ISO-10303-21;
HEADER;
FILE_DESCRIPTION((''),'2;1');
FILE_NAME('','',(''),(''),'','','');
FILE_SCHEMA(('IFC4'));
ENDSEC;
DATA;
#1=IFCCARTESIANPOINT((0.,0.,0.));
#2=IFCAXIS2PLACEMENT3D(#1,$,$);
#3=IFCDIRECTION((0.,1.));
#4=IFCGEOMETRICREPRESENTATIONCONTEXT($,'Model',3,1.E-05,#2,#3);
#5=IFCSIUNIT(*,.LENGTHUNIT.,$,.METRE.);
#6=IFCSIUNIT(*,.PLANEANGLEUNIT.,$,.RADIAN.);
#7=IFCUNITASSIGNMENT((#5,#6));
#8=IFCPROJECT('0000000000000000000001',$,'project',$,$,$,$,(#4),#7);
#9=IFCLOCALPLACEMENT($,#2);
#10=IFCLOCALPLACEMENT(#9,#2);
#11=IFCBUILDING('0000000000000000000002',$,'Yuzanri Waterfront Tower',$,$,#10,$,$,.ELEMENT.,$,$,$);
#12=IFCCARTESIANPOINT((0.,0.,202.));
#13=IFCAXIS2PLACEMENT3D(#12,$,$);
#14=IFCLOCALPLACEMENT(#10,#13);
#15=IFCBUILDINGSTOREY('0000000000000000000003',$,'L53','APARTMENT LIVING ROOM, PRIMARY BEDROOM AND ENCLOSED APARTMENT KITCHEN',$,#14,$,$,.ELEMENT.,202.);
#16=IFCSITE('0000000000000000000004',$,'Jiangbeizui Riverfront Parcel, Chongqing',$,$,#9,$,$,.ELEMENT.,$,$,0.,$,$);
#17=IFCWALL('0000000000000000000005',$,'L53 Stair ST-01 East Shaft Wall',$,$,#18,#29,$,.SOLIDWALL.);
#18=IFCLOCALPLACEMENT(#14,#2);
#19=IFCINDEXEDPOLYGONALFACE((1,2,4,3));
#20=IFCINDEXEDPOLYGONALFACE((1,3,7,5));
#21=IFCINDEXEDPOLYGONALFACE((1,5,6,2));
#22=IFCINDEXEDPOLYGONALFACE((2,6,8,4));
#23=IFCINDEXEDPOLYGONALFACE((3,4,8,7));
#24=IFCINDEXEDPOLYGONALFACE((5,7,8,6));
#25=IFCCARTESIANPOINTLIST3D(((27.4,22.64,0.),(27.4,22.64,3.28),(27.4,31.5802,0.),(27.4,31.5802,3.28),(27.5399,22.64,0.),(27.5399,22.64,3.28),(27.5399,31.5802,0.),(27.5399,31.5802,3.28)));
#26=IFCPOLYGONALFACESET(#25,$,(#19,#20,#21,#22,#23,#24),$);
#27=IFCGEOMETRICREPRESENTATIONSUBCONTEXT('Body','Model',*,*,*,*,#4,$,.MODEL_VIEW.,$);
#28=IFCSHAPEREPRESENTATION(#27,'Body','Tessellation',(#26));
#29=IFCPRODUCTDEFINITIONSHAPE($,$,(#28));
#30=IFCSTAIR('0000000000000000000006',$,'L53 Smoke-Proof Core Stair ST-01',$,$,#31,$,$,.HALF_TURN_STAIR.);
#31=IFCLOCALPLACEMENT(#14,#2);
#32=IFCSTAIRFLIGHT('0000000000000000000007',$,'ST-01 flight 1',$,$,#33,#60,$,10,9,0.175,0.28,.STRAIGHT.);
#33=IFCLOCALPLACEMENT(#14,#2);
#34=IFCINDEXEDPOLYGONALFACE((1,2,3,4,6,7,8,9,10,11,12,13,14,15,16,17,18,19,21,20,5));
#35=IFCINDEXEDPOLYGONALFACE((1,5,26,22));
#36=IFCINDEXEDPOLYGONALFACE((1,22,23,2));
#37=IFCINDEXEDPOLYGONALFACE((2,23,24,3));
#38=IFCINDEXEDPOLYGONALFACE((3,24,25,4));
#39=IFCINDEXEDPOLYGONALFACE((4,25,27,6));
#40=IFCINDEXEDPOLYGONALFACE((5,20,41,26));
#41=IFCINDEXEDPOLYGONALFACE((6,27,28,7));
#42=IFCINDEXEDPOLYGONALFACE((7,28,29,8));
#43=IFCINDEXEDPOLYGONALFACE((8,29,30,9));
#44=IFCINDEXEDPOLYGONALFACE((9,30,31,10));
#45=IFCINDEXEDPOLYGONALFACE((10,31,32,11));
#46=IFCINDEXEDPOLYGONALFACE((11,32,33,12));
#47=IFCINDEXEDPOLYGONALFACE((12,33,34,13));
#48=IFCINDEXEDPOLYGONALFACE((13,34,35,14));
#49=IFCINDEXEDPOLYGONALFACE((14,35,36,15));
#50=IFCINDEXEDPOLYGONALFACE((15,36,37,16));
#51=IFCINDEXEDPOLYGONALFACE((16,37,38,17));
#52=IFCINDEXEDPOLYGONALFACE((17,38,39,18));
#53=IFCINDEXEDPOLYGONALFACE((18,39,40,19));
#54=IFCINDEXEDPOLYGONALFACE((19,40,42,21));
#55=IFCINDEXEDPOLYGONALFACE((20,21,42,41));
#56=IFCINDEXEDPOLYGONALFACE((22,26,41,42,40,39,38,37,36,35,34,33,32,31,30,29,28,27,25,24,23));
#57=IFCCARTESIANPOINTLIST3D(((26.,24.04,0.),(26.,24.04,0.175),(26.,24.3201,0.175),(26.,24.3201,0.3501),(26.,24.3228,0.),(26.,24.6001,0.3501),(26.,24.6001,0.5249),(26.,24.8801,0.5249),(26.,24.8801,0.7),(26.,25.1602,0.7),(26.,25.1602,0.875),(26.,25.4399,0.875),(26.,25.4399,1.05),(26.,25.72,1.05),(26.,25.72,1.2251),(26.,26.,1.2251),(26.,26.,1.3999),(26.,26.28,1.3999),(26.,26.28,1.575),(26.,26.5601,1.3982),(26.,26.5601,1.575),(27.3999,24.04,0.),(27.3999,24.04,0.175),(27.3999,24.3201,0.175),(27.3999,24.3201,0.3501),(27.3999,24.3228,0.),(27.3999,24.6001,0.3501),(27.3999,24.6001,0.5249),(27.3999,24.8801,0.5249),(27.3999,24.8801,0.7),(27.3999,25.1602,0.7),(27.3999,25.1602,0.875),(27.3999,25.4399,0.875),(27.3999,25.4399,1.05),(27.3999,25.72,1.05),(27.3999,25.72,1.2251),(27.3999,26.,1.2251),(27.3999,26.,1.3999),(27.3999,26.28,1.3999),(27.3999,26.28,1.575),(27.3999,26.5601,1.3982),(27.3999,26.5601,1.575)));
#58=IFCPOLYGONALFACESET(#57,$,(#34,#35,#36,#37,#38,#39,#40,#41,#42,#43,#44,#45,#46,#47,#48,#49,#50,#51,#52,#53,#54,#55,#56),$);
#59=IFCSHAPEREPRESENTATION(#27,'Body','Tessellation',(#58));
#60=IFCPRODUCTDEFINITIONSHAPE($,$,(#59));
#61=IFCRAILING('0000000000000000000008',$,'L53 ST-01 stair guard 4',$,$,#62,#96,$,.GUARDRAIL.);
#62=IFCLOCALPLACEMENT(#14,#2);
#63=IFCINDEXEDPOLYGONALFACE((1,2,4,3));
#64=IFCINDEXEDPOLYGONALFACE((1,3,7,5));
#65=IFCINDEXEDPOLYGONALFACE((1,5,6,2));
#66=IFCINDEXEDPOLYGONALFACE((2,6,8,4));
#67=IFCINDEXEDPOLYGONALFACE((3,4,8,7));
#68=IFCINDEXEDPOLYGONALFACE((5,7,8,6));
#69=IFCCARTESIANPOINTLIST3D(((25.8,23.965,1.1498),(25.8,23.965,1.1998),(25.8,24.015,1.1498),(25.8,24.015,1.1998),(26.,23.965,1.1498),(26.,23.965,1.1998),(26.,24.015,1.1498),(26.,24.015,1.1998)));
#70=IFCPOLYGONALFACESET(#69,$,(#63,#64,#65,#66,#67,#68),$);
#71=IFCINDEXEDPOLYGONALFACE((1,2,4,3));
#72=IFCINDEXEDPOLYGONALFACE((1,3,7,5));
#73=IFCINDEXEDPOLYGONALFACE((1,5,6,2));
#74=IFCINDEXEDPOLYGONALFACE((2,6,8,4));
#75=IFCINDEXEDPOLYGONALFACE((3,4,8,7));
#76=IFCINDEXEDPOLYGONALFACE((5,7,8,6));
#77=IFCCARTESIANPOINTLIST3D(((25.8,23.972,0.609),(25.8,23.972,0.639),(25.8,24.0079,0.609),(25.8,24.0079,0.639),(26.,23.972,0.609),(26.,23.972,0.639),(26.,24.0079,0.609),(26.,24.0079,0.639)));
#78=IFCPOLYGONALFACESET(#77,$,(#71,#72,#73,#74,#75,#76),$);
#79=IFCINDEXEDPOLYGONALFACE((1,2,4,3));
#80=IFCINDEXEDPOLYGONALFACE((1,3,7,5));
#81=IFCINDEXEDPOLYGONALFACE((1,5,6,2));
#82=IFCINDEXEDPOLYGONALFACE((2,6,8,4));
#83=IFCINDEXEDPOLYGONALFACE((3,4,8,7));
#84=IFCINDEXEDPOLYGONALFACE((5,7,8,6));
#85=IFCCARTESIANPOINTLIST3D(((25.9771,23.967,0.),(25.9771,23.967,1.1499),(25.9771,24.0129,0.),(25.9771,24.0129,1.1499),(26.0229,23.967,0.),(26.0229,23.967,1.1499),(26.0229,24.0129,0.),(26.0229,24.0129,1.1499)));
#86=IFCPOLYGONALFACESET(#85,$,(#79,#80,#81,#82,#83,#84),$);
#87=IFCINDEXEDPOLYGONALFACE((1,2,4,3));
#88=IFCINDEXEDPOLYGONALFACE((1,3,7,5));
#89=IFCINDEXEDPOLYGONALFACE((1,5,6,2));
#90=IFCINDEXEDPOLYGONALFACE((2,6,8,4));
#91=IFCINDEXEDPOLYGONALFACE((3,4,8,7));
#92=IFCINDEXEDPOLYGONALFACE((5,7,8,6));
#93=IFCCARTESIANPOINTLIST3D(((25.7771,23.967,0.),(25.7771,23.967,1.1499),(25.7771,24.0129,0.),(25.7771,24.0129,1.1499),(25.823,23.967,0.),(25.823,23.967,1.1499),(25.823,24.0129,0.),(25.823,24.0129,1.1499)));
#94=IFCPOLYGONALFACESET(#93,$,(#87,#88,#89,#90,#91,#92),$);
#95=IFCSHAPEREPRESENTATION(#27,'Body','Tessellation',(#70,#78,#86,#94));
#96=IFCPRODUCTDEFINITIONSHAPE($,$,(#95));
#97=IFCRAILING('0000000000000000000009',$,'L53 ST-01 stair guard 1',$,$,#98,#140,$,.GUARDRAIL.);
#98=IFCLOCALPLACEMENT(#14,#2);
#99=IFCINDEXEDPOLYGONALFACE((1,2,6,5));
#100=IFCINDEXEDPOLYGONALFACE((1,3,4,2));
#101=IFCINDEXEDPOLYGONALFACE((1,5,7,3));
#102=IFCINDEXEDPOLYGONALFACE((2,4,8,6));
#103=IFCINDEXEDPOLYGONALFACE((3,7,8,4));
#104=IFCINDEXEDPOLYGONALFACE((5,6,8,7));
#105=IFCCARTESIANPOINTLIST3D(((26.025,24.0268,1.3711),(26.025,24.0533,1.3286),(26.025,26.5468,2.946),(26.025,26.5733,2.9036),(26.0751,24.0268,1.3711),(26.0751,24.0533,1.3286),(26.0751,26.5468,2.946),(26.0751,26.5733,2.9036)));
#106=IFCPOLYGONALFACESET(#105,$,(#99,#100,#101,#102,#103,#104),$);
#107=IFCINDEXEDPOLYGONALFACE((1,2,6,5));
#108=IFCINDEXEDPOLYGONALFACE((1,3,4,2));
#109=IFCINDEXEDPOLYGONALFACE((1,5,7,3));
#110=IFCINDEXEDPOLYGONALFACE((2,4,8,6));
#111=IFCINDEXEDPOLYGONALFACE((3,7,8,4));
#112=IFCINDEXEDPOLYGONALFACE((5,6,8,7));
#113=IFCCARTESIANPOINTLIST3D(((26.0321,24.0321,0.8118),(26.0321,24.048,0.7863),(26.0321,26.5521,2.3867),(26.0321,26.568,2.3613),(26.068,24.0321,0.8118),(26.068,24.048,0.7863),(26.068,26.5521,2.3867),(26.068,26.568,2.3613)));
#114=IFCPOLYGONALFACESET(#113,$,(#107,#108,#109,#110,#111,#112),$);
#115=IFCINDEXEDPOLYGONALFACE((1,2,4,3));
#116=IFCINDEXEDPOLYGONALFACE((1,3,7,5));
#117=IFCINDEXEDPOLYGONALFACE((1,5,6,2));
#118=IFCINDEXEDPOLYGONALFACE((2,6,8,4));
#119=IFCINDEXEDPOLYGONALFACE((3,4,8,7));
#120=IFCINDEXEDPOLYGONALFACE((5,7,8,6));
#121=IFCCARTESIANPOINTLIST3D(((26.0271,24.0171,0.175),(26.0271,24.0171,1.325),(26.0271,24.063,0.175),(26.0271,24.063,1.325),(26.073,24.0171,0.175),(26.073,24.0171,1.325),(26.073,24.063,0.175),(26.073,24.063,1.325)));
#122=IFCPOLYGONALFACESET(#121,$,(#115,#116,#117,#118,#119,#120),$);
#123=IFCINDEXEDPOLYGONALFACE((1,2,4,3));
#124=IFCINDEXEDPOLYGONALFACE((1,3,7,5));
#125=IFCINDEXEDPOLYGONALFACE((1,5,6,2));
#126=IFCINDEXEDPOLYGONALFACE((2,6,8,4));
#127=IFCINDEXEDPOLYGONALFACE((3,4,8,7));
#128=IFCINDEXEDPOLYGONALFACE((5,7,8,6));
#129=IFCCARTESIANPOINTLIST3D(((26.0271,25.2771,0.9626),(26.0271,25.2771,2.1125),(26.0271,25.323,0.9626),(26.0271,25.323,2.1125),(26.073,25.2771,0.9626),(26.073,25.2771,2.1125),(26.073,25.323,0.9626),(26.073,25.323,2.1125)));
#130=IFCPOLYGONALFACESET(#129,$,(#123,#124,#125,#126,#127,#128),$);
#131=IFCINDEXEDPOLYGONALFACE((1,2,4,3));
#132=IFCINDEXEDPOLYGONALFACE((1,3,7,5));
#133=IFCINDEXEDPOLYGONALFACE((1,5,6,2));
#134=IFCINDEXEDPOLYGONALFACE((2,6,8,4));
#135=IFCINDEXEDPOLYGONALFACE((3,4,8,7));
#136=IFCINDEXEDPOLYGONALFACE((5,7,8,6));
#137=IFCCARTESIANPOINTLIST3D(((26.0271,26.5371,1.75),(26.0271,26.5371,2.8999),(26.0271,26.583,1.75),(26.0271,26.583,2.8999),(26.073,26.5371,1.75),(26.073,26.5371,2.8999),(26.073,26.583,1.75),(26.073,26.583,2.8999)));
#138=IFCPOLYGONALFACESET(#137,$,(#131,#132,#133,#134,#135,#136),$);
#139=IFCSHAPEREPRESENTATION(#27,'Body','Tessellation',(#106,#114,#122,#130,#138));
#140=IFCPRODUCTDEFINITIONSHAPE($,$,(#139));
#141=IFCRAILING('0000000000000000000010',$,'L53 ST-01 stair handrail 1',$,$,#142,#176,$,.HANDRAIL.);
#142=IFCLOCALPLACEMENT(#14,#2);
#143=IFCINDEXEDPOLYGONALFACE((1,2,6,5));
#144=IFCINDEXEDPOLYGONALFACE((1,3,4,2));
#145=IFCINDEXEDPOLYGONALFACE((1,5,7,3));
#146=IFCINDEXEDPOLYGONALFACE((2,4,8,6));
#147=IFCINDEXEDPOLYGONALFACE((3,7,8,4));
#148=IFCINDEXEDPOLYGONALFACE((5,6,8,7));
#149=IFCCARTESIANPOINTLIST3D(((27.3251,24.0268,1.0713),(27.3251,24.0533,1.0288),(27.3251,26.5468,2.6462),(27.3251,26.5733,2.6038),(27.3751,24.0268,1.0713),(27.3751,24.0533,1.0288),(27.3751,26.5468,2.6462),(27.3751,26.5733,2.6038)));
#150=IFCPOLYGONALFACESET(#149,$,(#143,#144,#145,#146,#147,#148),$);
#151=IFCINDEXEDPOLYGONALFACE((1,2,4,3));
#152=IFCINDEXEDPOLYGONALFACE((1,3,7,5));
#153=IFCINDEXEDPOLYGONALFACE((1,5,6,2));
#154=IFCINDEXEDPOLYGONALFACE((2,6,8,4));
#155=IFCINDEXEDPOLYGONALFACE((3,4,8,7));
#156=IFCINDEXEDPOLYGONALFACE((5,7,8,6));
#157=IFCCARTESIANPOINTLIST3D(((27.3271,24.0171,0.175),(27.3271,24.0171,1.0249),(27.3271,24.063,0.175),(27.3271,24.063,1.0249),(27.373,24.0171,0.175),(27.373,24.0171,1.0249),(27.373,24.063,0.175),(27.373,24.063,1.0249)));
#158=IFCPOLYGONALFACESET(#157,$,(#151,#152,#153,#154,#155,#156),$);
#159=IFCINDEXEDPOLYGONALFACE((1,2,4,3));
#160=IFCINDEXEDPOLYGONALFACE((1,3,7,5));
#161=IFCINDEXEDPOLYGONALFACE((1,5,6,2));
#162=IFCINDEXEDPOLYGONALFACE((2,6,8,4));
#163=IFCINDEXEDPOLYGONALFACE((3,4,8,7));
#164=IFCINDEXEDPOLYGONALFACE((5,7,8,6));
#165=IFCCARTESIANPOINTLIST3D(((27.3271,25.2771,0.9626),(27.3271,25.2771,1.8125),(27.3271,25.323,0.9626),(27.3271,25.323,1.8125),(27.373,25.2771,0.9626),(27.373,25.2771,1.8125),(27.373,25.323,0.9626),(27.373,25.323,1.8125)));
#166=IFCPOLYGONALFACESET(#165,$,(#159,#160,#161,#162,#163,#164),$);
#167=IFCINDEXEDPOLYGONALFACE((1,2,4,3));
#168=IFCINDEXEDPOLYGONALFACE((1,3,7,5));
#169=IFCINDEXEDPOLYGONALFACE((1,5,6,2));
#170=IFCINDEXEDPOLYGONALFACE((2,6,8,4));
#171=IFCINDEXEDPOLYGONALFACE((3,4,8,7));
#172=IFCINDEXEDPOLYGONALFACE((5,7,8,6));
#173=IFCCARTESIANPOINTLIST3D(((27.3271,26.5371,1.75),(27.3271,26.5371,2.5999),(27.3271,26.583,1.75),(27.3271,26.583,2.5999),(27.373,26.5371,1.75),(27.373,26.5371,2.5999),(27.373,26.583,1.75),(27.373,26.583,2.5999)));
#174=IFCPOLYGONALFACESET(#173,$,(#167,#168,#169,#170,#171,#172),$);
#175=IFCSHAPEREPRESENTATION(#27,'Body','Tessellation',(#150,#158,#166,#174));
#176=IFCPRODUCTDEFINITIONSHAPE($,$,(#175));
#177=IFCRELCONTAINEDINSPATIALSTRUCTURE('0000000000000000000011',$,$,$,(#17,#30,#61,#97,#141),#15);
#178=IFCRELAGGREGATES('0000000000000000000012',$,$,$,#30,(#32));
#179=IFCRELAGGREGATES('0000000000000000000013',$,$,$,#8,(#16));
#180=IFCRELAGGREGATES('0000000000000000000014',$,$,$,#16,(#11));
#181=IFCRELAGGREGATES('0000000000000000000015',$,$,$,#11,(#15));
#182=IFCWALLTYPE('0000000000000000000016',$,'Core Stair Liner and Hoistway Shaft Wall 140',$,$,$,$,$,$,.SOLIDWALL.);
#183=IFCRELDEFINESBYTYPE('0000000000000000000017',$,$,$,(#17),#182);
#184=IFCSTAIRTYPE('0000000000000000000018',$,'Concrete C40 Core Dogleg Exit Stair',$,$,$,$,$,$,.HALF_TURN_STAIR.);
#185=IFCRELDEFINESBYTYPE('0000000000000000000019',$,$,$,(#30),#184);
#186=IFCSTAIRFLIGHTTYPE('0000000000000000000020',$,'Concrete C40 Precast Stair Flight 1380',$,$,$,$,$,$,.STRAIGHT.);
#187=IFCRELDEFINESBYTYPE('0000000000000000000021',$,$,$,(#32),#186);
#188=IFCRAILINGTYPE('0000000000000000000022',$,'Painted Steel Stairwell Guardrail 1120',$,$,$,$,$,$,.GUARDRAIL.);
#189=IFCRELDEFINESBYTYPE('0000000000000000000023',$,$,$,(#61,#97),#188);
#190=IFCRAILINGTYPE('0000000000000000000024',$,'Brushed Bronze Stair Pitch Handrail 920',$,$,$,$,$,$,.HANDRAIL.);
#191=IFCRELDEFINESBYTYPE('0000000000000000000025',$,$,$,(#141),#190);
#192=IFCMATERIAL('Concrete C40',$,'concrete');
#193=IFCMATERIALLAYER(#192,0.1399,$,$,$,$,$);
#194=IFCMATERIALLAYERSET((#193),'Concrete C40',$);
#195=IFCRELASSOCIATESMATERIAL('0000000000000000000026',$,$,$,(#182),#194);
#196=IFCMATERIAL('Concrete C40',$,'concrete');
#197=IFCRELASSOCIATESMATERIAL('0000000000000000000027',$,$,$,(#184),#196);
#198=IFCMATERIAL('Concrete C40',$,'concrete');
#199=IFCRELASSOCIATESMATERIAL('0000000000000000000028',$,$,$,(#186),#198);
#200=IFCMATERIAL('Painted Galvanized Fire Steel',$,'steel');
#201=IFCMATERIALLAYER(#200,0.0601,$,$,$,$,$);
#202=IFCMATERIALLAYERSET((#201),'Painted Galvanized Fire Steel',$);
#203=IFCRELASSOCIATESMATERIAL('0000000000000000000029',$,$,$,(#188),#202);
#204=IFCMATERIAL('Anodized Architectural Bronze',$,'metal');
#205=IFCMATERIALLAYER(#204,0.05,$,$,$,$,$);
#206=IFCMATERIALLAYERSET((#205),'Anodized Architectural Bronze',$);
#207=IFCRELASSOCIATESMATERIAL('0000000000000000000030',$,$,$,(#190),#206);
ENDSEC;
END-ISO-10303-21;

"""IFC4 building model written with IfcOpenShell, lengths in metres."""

from ifc_helpers import new_model, si_unit, direction, frame, frame_2d, origin, origin_2d, place, context, subcontext, project, spatial, polyline, rectangle, outline, extrude, source, transform, mapped, material, layer, layer_set, type_object, element, aggregate, save


model = new_model("IFC4")

# Units and contexts
model_context = context("Model", 3, precision=1e-05, world=origin(), true_north=direction((0.0, 1.0)))
body_context = subcontext(model_context, "Body", "Model", "MODEL_VIEW")
ifc_project = project(units=[si_unit("LENGTHUNIT", "METRE"), si_unit("PLANEANGLEUNIT", "RADIAN")], contexts=[model_context])

# Site, building, storey
site_placement = place(None, origin())
site = spatial("IfcSite", under=ifc_project, at=site_placement, Name="Jiangbeizui Riverfront Parcel, Chongqing", CompositionType="ELEMENT", RefElevation=0.0)
building_placement = place(site_placement, origin())
building = spatial("IfcBuilding", under=site, at=building_placement, Name="Yuzanri Waterfront Tower", CompositionType="ELEMENT")
storey_placement = place(building_placement, frame((0.0, 0.0, 202.0)))
storey = spatial("IfcBuildingStorey", under=building, at=storey_placement, Name="L53", Description="APARTMENT LIVING ROOM, PRIMARY BEDROOM AND ENCLOSED APARTMENT KITCHEN", CompositionType="ELEMENT", Elevation=202.0)

# Shared definitions
ifc_material_1 = material(Name="Concrete C40", Category="concrete")
ifc_layer_1 = layer(ifc_material_1, 0.1399)
ifc_layer_set_1 = layer_set([ifc_layer_1], Name="Concrete C40")
wall_type_1 = type_object("IfcWallType", Name="Core Stair Liner and Hoistway Shaft Wall 140", PredefinedType="SOLIDWALL", material=ifc_layer_set_1)

# Wall
shared_shape_1 = source(origin(), body_context, "Body", "SweptSolid", [
    extrude(rectangle(XDim=8.9402, YDim=0.1399, at=frame_2d((4.4702, 0.0))), origin(), (0.0, 0.0, 1.0), 3.28),
])
for number, where, z_axis, x_axis, name in (
    (1, (27.47, 22.6399, 0.0), (0.0, 0.0, 1.0), (0.0, 1.0, 0.0), "L53 Stair ST-01 East Shaft Wall"),
):
    element("IfcWall", number, at=place(storey_placement, frame(where, z_axis=z_axis, x_axis=x_axis)), inside=storey, type_object=wall_type_1, Name=name, PredefinedType="SOLIDWALL", context=body_context, shape_type="MappedRepresentation", body=[
        mapped(shared_shape_1, transform((0.0, 0.0, 0.0), scale=1.0)),
    ])

# Stair, stair flight
ifc_material_2 = material(Name="Concrete C40", Category="concrete")
stair_type = type_object("IfcStairType", Name="Concrete C40 Core Dogleg Exit Stair", PredefinedType="HALF_TURN_STAIR", material=ifc_material_2)
stair_placement = place(storey_placement, origin())
stair = element("IfcStair", 2, at=stair_placement, inside=storey, type_object=stair_type, Name="L53 Smoke-Proof Core Stair ST-01", PredefinedType="HALF_TURN_STAIR")
ifc_material_3 = material(Name="Concrete C40", Category="concrete")
stair_flight_type = type_object("IfcStairFlightType", Name="Concrete C40 Precast Stair Flight 1380", PredefinedType="STRAIGHT", material=ifc_material_3)
shared_shape_2 = source(origin(), body_context, "Body", "SweptSolid", [
    extrude(outline(polyline([(0.0, 0.0), (0.0, 0.175), (0.28, 0.175), (0.28, 0.3501), (0.5601, 0.3501), (0.5601, 0.5249), (0.8401, 0.5249), (0.8401, 0.7), (1.1201, 0.7), (1.1201, 0.875), (1.3999, 0.875), (1.3999, 1.05), (1.6799, 1.05), (1.6799, 1.2251), (1.96, 1.2251), (1.96, 1.3999), (2.24, 1.3999), (2.24, 1.575), (2.52, 1.575), (2.52, 1.75), (2.52, 1.3982), (0.2827, 0.0), (0.0, 0.0)])), frame((0.0, 0.7, 0.0), z_axis=(0.0, -1.0, 0.0), x_axis=(1.0, 0.0, 0.0)), (0.0, 0.0, 1.0), 1.3999),
])
stair_flight_placement = place(storey_placement, frame((26.7, 24.04, 0.0), z_axis=(0.0, 0.0, 1.0), x_axis=(0.0, 1.0, 0.0)))
stair_flight = element("IfcStairFlight", 3, at=stair_flight_placement, type_object=stair_flight_type, Name="ST-01 flight 1", NumberOfRisers=10, NumberOfTreads=9, PredefinedType="STRAIGHT", RiserHeight=0.175, TreadLength=0.28, context=body_context, shape_type="MappedRepresentation", body=[
    mapped(shared_shape_2, transform((0.0, 0.0, 0.0), scale=1.0)),
])
aggregate(stair, [stair_flight])

# Railings
ifc_material_4 = material(Name="Painted Galvanized Fire Steel", Category="steel")
ifc_layer_2 = layer(ifc_material_4, 0.0601)
ifc_layer_set_2 = layer_set([ifc_layer_2], Name="Painted Galvanized Fire Steel")
railing_type_1 = type_object("IfcRailingType", Name="Painted Steel Stairwell Guardrail 1120", PredefinedType="GUARDRAIL", material=ifc_layer_set_2)
shared_shape_3 = source(origin(), body_context, "Body", "SweptSolid", [
    extrude(rectangle(XDim=0.05, YDim=0.05, at=origin_2d()), frame((0.0, 0.0, 1.1748), z_axis=(-1.0, 0.0, 0.0), x_axis=(0.0, -1.0, 0.0)), (0.0, 0.0, 1.0), 0.2),
    extrude(rectangle(XDim=0.0359, YDim=0.03, at=origin_2d()), frame((0.0, 0.0, 0.624), z_axis=(-1.0, 0.0, 0.0), x_axis=(0.0, -1.0, 0.0)), (0.0, 0.0, 1.0), 0.2),
    extrude(rectangle(XDim=0.0459, YDim=0.0459, at=origin_2d()), origin(), (0.0, 0.0, 1.0), 1.1499),
    extrude(rectangle(XDim=0.0459, YDim=0.0459, at=origin_2d()), frame((-0.2, 0.0, 0.0)), (0.0, 0.0, 1.0), 1.1499),
])
railing_1_placement = place(storey_placement, frame((26.0, 23.99, 0.0)))
element("IfcRailing", 4, at=railing_1_placement, inside=storey, type_object=railing_type_1, Name="L53 ST-01 stair guard 4", PredefinedType="GUARDRAIL", context=body_context, shape_type="MappedRepresentation", body=[
    mapped(shared_shape_3, transform((0.0, 0.0, 0.0), scale=1.0)),
])
shared_shape_4 = source(origin(), body_context, "Body", "SweptSolid", [
    extrude(rectangle(XDim=0.05, YDim=0.05, at=origin_2d()), frame((0.0, 0.0, 1.1748), z_axis=(0.0, 0.848008, 0.529984), x_axis=(-1.0, 0.0, 0.0)), (0.0, 0.0, 1.0), 2.9717),
    extrude(rectangle(XDim=0.0359, YDim=0.03, at=origin_2d()), frame((0.0, 0.0, 0.624), z_axis=(0.0, 0.848008, 0.529984), x_axis=(-1.0, 0.0, 0.0)), (0.0, 0.0, 1.0), 2.9717),
    extrude(rectangle(XDim=0.0459, YDim=0.0459, at=origin_2d()), origin(), (0.0, 0.0, 1.0), 1.1499),
    extrude(rectangle(XDim=0.0459, YDim=0.0459, at=origin_2d()), frame((0.0, 1.26, 0.7876)), (0.0, 0.0, 1.0), 1.1499),
    extrude(rectangle(XDim=0.0459, YDim=0.0459, at=origin_2d()), frame((0.0, 2.52, 1.575)), (0.0, 0.0, 1.0), 1.1499),
])
railing_2_placement = place(storey_placement, frame((26.05, 24.04, 0.175)))
element("IfcRailing", 5, at=railing_2_placement, inside=storey, type_object=railing_type_1, Name="L53 ST-01 stair guard 1", PredefinedType="GUARDRAIL", context=body_context, shape_type="MappedRepresentation", body=[
    mapped(shared_shape_4, transform((0.0, 0.0, 0.0), scale=1.0)),
])
ifc_material_5 = material(Name="Anodized Architectural Bronze", Category="metal")
ifc_layer_3 = layer(ifc_material_5, 0.05)
ifc_layer_set_3 = layer_set([ifc_layer_3], Name="Anodized Architectural Bronze")
railing_type_2 = type_object("IfcRailingType", Name="Brushed Bronze Stair Pitch Handrail 920", PredefinedType="HANDRAIL", material=ifc_layer_set_3)
shared_shape_5 = source(origin(), body_context, "Body", "SweptSolid", [
    extrude(rectangle(XDim=0.05, YDim=0.05, at=origin_2d()), frame((0.0, 0.0, 0.875), z_axis=(0.0, 0.848008, 0.529984), x_axis=(-1.0, 0.0, 0.0)), (0.0, 0.0, 1.0), 2.9717),
    extrude(rectangle(XDim=0.0459, YDim=0.0459, at=origin_2d()), origin(), (0.0, 0.0, 1.0), 0.8499),
    extrude(rectangle(XDim=0.0459, YDim=0.0459, at=origin_2d()), frame((0.0, 1.26, 0.7876)), (0.0, 0.0, 1.0), 0.8499),
    extrude(rectangle(XDim=0.0459, YDim=0.0459, at=origin_2d()), frame((0.0, 2.52, 1.575)), (0.0, 0.0, 1.0), 0.8499),
])
railing_3_placement = place(storey_placement, frame((27.3501, 24.04, 0.175)))
element("IfcRailing", 6, at=railing_3_placement, inside=storey, type_object=railing_type_2, Name="L53 ST-01 stair handrail 1", PredefinedType="HANDRAIL", context=body_context, shape_type="MappedRepresentation", body=[
    mapped(shared_shape_5, transform((0.0, 0.0, 0.0), scale=1.0)),
])

save(model, "model.ifc")
